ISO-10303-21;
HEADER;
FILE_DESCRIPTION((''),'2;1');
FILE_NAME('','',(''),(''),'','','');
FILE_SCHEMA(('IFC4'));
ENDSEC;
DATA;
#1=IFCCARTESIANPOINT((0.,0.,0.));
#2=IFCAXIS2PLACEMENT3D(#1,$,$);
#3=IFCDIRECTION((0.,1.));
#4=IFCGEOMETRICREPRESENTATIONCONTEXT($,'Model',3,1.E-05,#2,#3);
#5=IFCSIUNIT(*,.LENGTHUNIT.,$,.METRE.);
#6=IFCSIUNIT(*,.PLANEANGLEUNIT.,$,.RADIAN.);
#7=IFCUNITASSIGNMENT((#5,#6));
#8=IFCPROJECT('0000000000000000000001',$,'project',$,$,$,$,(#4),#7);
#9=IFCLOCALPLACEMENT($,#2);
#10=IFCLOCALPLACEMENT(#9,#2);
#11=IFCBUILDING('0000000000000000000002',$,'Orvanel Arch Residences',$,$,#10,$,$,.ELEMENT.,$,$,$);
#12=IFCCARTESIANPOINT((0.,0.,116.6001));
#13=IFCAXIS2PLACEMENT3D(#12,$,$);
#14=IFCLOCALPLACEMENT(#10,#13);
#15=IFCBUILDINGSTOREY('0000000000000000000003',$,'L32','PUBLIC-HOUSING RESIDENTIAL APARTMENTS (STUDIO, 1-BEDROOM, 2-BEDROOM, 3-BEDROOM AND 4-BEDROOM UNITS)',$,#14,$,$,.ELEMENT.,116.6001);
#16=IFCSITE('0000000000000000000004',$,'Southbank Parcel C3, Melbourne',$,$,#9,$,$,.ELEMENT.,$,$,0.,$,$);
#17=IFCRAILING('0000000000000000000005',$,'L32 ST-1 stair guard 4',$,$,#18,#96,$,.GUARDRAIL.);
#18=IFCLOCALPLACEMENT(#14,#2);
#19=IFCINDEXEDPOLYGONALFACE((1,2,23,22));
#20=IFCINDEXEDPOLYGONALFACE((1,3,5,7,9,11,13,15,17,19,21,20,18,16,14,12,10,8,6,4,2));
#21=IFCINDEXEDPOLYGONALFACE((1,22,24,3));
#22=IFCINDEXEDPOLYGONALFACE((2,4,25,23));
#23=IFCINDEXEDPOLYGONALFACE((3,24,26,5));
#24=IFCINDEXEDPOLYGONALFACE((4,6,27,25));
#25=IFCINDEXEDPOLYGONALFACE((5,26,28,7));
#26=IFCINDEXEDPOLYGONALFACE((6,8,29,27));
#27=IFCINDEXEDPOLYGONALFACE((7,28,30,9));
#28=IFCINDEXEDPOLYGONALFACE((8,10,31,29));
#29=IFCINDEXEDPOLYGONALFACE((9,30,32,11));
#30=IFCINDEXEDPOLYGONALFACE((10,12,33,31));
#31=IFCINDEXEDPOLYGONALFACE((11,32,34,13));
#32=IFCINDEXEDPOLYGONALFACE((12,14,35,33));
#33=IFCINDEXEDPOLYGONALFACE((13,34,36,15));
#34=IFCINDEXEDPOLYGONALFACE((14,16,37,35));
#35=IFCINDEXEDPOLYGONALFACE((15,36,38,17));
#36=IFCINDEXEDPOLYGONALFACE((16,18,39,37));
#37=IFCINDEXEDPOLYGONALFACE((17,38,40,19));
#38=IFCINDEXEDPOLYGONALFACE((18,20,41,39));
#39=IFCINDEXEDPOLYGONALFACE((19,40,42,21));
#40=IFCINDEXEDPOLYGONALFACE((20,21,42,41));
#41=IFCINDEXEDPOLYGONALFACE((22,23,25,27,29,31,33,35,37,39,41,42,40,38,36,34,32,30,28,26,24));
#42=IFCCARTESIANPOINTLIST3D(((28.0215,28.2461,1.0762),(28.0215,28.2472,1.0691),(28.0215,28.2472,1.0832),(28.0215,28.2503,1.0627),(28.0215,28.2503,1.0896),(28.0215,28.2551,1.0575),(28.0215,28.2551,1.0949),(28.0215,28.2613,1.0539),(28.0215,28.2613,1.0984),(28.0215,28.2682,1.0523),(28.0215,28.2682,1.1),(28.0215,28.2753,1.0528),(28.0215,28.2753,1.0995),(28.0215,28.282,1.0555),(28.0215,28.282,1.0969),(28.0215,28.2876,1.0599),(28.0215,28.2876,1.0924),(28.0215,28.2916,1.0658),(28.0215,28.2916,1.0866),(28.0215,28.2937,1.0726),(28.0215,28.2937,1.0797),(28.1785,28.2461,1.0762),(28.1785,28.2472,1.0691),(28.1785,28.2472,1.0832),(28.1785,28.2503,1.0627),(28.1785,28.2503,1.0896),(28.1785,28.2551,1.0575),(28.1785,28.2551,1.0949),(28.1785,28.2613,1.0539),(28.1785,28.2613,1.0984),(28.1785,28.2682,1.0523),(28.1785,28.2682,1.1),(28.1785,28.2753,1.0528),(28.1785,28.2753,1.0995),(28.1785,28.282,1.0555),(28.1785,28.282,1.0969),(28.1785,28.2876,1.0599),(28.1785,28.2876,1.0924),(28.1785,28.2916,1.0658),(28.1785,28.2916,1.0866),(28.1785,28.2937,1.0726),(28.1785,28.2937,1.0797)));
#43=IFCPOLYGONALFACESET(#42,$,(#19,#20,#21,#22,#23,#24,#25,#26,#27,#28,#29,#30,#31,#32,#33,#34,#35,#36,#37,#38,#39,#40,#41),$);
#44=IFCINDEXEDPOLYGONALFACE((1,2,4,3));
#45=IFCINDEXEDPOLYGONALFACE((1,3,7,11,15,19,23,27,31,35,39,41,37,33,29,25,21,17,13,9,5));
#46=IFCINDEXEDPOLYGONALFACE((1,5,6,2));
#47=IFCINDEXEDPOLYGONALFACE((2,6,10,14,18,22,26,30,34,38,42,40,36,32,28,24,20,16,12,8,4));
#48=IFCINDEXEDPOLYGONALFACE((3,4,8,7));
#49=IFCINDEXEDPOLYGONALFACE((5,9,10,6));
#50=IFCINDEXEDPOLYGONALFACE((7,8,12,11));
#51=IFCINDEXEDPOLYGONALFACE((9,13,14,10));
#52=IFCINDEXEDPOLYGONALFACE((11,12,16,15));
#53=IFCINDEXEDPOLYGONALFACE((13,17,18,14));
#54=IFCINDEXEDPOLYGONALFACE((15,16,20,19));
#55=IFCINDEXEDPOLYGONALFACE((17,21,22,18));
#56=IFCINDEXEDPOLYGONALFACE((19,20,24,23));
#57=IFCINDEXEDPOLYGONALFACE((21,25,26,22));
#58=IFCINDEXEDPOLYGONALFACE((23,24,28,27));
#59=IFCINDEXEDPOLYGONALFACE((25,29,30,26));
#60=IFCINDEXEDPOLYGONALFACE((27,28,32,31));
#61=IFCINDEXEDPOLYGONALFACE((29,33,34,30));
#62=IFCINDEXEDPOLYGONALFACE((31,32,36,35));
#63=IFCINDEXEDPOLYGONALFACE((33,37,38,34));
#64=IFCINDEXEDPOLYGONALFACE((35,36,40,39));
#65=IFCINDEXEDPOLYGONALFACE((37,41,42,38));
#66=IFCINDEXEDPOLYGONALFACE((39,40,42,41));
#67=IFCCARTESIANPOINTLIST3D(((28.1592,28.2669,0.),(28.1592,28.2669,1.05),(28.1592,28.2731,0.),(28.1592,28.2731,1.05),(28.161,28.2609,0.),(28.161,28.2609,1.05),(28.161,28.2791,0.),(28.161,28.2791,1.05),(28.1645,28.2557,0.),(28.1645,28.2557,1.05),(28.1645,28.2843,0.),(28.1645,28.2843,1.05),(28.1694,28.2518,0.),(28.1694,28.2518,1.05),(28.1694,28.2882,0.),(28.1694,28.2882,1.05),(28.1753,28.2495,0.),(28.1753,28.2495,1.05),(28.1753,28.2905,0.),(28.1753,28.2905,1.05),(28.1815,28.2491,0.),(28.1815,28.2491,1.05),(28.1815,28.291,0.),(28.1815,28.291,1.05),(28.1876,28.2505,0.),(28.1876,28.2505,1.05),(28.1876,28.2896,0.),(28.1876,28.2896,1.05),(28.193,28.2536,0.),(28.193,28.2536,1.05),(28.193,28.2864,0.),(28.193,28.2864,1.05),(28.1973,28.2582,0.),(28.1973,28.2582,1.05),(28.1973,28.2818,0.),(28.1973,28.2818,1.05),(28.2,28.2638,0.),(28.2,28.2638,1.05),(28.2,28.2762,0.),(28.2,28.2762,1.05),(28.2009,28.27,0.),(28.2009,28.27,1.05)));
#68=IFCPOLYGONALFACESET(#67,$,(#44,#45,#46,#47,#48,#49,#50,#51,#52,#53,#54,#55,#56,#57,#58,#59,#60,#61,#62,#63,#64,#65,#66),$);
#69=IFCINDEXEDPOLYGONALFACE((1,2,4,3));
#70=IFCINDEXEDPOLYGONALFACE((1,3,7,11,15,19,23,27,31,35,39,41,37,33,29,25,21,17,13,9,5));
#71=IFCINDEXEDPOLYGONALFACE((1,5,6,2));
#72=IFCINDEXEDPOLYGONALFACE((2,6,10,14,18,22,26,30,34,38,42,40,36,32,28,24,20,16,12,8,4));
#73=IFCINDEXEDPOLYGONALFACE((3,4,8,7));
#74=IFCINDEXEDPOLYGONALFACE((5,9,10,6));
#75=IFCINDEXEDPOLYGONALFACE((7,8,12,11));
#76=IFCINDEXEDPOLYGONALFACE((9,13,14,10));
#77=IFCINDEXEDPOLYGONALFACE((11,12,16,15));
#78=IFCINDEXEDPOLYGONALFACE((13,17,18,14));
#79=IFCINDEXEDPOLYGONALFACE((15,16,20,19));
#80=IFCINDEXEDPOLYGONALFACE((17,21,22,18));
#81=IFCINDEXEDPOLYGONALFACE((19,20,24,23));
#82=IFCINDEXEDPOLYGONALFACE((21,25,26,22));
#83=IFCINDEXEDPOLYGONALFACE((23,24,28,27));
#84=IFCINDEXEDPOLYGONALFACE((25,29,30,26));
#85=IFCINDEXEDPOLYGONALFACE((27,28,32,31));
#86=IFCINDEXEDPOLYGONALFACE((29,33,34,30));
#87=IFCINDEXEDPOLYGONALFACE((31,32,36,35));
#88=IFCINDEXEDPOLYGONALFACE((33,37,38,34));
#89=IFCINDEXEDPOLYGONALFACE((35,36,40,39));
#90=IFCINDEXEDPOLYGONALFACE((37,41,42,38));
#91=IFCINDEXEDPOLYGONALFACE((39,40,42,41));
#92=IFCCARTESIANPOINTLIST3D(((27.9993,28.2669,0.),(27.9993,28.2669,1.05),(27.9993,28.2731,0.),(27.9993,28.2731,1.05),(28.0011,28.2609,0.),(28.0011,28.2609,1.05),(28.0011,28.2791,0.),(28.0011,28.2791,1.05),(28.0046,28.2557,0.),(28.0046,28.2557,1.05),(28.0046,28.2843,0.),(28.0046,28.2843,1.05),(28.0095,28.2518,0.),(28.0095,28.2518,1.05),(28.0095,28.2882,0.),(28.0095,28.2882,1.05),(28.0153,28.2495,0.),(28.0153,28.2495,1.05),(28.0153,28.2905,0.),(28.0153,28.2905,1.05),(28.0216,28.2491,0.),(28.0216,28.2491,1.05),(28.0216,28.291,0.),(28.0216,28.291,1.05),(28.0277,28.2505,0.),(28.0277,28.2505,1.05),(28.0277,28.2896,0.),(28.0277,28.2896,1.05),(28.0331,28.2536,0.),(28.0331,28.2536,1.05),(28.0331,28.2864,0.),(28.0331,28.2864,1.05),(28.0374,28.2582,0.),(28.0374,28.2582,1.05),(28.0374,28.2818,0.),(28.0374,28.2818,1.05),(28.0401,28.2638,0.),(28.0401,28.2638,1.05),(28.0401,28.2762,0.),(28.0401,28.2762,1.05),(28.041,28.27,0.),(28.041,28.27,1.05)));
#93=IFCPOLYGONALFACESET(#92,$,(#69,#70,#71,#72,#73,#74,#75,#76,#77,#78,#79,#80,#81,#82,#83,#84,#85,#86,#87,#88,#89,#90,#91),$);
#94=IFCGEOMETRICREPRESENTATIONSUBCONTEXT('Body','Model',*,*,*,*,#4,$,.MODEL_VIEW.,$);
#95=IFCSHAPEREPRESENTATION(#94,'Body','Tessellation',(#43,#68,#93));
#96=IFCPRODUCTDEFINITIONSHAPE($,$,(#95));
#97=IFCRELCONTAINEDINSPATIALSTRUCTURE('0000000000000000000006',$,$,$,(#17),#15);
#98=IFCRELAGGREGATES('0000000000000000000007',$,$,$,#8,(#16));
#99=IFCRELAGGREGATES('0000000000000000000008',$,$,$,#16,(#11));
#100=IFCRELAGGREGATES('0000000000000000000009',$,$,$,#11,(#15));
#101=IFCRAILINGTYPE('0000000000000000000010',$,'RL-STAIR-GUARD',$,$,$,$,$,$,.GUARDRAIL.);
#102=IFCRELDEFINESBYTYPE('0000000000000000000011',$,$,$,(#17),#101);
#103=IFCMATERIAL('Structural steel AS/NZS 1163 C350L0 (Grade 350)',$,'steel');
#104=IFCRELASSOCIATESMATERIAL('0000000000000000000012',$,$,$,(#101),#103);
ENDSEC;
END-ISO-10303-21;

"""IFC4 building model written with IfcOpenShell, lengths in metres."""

from ifc_helpers import new_model, si_unit, direction, frame, origin, origin_2d, place, context, subcontext, project, spatial, circle, extrude, material, type_object, element, save


model = new_model("IFC4")

# Units and contexts
model_context = context("Model", 3, precision=1e-05, world=origin(), true_north=direction((0.0, 1.0)))
body_context = subcontext(model_context, "Body", "Model", "MODEL_VIEW")
ifc_project = project(units=[si_unit("LENGTHUNIT", "METRE"), si_unit("PLANEANGLEUNIT", "RADIAN")], contexts=[model_context])

# Site, building, storey
site_placement = place(None, origin())
site = spatial("IfcSite", under=ifc_project, at=site_placement, Name="Southbank Parcel C3, Melbourne", CompositionType="ELEMENT", RefElevation=0.0)
building_placement = place(site_placement, origin())
building = spatial("IfcBuilding", under=site, at=building_placement, Name="Orvanel Arch Residences", CompositionType="ELEMENT")
storey_placement = place(building_placement, frame((0.0, 0.0, 116.6001)))
storey = spatial("IfcBuildingStorey", under=building, at=storey_placement, Name="L32", Description="PUBLIC-HOUSING RESIDENTIAL APARTMENTS (STUDIO, 1-BEDROOM, 2-BEDROOM, 3-BEDROOM AND 4-BEDROOM UNITS)", CompositionType="ELEMENT", Elevation=116.6001)

# Railing
ifc_material_1 = material(Name="Structural steel AS/NZS 1163 C350L0 (Grade 350)", Category="steel")
railing_type_1 = type_object("IfcRailingType", Name="RL-STAIR-GUARD", PredefinedType="GUARDRAIL", material=ifc_material_1)
railing_1_placement = place(storey_placement, frame((28.1799, 28.27, 0.0)))
element("IfcRailing", 1, at=railing_1_placement, inside=storey, type_object=railing_type_1, Name="L32 ST-1 stair guard 4", PredefinedType="GUARDRAIL", context=body_context, shape_type="SweptSolid", body=[
    extrude(circle(Radius=0.0239, at=origin_2d()), frame((-0.0015, 0.0, 1.0762), z_axis=(-1.0, 0.0, 0.0), x_axis=(0.0, -1.0, 0.0)), (0.0, 0.0, 1.0), 0.157),
    extrude(circle(Radius=0.021, at=origin_2d()), origin(), (0.0, 0.0, 1.0), 1.05),
    extrude(circle(Radius=0.021, at=origin_2d()), frame((-0.1599, 0.0, 0.0)), (0.0, 0.0, 1.0), 1.05),
])

save(model, "model.ifc")
